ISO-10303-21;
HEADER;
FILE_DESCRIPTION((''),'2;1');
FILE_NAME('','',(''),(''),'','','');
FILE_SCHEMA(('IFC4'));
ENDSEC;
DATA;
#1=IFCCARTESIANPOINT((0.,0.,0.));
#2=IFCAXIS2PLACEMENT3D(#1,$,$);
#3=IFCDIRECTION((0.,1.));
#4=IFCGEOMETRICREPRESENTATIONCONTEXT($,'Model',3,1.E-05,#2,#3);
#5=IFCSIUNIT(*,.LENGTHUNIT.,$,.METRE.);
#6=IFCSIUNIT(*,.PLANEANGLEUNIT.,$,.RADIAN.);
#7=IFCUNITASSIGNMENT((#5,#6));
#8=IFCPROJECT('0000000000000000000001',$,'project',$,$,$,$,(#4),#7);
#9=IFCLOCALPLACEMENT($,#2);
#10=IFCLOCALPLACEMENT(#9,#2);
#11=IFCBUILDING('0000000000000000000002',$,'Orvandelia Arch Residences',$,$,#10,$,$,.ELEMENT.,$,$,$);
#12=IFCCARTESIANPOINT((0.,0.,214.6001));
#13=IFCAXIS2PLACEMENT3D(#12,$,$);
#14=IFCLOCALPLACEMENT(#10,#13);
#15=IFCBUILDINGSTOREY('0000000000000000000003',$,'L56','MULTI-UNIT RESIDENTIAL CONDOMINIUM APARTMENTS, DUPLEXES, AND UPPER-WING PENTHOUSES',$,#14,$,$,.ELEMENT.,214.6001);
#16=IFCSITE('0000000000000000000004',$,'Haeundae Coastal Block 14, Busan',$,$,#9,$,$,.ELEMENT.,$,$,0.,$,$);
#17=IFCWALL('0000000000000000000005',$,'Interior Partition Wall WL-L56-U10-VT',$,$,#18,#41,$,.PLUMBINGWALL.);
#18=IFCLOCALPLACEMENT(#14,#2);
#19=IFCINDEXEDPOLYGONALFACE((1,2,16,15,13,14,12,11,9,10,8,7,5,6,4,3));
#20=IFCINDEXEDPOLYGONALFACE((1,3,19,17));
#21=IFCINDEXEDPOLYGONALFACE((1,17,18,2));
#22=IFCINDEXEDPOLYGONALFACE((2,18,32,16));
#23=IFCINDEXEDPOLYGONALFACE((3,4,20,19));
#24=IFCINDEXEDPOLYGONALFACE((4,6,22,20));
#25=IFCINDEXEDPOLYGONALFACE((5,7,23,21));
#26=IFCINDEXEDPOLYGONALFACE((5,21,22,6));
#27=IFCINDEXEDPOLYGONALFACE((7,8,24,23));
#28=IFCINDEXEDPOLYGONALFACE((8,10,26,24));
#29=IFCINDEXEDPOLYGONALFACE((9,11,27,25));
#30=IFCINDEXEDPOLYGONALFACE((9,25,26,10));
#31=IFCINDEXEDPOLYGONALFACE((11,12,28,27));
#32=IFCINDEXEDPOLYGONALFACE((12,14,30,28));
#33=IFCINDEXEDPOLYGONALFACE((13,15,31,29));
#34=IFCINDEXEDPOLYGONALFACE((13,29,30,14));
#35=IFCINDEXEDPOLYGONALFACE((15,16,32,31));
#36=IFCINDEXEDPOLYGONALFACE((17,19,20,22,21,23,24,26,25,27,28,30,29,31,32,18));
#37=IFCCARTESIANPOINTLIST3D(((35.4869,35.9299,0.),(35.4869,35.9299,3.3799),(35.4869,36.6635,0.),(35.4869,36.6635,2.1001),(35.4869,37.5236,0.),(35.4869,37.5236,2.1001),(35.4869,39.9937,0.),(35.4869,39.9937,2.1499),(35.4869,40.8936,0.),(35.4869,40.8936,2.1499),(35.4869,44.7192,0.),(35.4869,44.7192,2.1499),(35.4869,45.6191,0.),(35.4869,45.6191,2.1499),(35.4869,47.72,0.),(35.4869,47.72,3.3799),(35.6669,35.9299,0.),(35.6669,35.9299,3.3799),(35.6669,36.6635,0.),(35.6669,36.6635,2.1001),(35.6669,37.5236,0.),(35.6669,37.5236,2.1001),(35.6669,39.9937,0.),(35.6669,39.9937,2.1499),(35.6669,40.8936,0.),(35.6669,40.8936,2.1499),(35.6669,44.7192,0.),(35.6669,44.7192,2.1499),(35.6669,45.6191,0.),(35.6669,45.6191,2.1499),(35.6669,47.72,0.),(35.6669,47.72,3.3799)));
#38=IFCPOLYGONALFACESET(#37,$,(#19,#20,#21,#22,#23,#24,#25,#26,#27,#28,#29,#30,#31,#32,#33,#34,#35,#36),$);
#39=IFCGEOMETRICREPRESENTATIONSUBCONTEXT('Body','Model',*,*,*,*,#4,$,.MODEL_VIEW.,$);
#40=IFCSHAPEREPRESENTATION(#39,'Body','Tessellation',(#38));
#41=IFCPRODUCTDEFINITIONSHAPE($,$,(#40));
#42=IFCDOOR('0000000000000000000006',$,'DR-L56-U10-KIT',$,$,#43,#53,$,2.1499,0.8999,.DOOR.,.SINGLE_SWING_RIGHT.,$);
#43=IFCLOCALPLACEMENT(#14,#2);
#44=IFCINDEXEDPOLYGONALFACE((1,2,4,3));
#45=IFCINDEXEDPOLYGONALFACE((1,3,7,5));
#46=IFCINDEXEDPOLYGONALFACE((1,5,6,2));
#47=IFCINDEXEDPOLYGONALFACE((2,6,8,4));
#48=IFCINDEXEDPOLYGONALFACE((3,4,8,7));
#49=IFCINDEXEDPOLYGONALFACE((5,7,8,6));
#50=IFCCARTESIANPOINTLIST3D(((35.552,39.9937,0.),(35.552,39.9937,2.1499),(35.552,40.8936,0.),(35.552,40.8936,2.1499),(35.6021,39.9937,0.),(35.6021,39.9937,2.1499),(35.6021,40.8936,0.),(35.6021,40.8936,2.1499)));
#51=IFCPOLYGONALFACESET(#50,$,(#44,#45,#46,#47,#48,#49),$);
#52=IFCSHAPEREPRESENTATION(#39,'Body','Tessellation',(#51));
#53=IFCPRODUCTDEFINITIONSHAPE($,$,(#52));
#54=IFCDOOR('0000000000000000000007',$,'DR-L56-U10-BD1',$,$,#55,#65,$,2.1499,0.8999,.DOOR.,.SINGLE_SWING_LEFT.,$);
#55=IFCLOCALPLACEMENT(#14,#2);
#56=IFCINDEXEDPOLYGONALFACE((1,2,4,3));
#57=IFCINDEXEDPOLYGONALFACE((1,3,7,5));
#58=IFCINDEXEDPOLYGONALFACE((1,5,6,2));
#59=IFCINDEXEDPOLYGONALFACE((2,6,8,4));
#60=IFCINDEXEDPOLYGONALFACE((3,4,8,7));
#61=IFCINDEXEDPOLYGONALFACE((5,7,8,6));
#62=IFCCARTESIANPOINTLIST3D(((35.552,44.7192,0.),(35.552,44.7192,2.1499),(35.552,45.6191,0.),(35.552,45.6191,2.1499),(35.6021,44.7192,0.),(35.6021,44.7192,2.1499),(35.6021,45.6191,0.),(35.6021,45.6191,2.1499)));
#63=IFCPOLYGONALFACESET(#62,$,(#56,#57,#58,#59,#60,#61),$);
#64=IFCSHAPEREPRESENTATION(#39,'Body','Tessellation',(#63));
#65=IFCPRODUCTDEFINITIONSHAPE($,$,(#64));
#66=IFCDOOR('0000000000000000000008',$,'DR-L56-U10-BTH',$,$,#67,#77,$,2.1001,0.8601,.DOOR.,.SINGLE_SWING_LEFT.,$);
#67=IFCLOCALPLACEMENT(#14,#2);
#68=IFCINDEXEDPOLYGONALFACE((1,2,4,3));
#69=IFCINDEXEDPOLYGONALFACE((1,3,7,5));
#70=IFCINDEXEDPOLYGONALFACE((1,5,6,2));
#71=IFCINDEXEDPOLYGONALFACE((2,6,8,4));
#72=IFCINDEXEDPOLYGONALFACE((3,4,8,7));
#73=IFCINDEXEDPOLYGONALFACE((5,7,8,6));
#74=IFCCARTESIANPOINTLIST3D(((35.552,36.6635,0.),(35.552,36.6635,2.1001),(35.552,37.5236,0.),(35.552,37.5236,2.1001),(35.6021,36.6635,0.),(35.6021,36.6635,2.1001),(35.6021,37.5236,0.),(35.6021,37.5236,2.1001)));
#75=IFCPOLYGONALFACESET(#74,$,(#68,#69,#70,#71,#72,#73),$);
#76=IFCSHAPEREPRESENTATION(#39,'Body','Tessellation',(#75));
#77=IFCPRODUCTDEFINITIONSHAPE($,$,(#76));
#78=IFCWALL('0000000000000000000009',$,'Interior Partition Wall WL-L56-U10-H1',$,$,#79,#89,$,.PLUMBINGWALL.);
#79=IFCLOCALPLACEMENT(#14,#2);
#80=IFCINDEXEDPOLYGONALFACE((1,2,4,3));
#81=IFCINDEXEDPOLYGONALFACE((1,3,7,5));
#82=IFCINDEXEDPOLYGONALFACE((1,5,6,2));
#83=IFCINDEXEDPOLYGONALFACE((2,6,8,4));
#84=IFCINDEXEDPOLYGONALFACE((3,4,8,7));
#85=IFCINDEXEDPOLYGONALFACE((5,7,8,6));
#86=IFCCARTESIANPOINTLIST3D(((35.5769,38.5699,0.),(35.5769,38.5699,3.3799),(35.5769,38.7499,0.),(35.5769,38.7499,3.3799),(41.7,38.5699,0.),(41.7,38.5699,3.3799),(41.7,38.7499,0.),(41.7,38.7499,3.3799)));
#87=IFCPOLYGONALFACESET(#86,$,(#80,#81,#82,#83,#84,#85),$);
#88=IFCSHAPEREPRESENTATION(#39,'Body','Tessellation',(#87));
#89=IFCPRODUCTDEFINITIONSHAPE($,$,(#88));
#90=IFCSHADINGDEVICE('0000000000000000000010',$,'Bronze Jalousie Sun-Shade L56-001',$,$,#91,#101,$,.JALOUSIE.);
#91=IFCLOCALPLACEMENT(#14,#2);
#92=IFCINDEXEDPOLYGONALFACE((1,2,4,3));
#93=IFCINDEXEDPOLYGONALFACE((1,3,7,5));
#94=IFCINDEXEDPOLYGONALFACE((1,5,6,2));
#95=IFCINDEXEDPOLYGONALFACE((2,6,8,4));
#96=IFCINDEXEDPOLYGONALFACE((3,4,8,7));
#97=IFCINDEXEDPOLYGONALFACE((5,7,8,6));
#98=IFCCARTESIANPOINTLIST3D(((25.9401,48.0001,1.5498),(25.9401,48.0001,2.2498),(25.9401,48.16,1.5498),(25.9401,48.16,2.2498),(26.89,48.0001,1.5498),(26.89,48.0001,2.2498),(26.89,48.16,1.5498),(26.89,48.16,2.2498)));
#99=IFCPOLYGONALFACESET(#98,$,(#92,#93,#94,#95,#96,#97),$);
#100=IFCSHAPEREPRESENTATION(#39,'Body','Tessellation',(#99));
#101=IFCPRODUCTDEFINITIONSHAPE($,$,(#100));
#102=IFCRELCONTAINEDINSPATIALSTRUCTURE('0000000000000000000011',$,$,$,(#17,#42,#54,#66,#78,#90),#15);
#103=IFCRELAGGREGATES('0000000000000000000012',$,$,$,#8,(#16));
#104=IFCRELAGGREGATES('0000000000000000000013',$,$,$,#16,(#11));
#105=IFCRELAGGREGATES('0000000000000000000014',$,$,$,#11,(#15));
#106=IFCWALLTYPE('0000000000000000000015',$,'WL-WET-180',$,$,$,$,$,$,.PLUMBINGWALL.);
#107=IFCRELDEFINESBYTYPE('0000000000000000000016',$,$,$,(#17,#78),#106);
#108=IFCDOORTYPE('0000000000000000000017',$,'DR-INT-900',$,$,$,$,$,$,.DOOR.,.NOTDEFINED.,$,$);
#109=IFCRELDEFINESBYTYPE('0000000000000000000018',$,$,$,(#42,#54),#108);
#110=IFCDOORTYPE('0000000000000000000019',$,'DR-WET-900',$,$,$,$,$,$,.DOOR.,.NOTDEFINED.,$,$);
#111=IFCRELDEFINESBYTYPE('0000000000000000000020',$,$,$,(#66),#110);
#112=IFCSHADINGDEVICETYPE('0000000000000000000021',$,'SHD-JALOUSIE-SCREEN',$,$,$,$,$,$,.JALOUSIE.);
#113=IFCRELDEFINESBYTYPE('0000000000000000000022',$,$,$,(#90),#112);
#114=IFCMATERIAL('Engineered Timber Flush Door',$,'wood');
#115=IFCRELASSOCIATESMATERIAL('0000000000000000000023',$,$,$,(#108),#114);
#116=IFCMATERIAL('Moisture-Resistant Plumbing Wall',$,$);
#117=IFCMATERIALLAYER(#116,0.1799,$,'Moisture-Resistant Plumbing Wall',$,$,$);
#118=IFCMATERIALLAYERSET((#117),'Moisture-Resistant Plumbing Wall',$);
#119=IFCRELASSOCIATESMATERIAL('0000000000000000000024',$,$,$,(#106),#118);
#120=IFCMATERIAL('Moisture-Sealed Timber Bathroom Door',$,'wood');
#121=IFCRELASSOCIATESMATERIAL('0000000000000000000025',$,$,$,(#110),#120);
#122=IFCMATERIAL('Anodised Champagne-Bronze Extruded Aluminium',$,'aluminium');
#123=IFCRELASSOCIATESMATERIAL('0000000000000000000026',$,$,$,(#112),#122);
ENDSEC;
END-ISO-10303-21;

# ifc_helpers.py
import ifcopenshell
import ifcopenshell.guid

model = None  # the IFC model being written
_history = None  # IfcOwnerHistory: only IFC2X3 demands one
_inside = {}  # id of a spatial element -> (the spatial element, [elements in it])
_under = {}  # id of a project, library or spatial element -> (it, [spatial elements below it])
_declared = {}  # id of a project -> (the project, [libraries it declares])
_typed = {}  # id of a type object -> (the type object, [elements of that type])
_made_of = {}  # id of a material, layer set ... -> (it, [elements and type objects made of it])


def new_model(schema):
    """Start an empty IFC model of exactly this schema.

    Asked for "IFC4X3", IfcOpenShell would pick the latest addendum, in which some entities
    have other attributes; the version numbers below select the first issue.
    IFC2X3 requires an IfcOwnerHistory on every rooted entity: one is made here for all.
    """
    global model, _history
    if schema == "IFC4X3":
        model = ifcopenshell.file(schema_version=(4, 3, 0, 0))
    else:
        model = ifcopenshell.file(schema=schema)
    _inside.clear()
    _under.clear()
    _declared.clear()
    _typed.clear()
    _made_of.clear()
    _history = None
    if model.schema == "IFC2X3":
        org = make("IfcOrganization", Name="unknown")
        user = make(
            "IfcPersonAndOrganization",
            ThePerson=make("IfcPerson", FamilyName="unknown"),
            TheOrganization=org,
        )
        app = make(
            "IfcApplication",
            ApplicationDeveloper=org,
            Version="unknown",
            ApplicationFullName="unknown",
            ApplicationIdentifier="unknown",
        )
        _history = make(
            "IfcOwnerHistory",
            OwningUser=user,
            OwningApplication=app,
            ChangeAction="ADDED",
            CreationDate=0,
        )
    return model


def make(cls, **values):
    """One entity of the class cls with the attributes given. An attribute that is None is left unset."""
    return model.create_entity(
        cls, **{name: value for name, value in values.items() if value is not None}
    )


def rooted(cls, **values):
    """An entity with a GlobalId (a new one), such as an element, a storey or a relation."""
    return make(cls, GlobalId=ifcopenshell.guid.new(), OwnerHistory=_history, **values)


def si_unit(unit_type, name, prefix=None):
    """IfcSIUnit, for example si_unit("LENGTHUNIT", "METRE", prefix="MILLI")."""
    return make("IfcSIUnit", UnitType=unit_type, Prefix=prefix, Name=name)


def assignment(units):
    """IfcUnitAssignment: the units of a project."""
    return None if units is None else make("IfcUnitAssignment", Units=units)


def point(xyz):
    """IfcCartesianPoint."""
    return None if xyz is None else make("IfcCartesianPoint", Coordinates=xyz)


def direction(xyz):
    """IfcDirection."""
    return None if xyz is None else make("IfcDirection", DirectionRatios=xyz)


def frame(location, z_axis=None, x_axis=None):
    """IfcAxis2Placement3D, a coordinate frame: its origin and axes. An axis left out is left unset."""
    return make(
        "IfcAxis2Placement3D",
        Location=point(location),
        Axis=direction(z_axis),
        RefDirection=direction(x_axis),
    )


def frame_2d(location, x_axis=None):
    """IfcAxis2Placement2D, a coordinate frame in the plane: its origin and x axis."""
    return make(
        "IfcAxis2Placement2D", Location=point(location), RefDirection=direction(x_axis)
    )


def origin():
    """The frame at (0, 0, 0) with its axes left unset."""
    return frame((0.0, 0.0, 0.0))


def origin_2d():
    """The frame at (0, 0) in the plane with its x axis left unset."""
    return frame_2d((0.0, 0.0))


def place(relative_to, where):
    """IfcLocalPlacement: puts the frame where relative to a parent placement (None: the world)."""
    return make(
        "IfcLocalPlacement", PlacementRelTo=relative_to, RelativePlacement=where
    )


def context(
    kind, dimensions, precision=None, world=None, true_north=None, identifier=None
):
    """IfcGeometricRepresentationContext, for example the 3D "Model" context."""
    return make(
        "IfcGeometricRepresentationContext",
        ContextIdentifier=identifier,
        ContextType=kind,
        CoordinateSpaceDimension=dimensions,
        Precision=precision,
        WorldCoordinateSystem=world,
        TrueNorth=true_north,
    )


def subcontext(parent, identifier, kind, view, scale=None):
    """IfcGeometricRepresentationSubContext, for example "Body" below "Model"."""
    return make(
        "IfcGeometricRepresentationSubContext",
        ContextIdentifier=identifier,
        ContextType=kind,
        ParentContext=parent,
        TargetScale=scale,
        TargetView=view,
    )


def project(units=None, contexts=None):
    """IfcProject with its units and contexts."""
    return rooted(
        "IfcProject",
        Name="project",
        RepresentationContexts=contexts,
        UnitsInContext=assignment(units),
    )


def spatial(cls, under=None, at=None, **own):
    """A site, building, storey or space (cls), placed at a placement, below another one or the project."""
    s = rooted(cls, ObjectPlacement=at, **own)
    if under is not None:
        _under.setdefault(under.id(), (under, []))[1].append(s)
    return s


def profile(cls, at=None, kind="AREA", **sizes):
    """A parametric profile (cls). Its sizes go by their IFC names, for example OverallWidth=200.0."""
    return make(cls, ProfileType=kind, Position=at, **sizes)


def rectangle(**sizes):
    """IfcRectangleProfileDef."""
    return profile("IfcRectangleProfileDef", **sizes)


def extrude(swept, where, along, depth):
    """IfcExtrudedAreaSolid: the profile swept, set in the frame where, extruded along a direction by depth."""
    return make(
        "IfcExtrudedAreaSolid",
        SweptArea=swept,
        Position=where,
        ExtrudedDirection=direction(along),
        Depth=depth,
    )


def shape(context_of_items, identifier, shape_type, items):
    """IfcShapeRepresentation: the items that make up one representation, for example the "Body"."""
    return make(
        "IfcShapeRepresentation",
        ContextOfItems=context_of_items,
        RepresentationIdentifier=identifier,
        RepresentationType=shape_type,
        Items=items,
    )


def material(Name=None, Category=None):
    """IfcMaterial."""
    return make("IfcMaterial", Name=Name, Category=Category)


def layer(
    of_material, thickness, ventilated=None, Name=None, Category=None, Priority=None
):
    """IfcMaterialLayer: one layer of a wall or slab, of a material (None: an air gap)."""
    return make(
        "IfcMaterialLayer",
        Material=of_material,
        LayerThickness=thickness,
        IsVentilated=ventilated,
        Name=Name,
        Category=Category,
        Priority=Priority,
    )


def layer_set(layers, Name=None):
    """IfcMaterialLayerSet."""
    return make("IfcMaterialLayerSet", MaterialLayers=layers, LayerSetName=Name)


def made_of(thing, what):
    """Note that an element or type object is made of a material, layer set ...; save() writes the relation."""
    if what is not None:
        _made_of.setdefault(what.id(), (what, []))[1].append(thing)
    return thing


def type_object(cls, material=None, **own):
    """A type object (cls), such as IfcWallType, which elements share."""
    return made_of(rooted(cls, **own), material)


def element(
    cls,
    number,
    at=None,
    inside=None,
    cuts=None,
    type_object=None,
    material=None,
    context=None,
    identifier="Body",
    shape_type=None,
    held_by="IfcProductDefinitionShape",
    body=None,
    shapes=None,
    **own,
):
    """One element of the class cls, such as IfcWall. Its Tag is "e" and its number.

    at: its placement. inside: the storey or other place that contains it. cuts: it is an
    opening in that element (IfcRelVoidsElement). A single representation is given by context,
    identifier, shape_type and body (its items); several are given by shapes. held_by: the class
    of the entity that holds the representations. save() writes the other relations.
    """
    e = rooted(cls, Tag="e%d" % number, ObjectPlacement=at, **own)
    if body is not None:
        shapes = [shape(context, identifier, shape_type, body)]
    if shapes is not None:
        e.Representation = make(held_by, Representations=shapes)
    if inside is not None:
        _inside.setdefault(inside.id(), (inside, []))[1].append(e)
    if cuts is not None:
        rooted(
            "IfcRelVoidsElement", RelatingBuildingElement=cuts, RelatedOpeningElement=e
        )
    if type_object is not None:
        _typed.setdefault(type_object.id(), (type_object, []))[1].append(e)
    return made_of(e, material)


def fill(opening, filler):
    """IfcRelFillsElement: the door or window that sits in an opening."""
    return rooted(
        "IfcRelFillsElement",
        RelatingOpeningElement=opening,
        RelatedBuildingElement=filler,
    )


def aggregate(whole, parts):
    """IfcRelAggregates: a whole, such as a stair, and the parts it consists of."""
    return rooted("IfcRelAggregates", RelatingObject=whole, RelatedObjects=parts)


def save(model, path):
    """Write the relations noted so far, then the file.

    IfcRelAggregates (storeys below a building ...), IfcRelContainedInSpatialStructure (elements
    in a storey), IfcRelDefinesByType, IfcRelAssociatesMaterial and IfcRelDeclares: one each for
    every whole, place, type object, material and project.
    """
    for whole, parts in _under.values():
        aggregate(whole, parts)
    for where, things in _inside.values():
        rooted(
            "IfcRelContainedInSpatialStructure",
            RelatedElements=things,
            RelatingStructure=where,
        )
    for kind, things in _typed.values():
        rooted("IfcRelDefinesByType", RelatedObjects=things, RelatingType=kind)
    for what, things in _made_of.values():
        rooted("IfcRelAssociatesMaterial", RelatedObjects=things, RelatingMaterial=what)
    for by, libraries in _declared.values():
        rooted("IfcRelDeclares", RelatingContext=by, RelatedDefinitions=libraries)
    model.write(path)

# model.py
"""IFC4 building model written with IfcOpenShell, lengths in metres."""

from ifc_helpers import new_model, si_unit, direction, frame, frame_2d, origin, origin_2d, place, context, subcontext, project, spatial, rectangle, extrude, material, layer, layer_set, type_object, element, fill, save


model = new_model("IFC4")

# Units and contexts
model_context = context("Model", 3, precision=1e-05, world=origin(), true_north=direction((0.0, 1.0)))
body_context = subcontext(model_context, "Body", "Model", "MODEL_VIEW")
ifc_project = project(units=[si_unit("LENGTHUNIT", "METRE"), si_unit("PLANEANGLEUNIT", "RADIAN")], contexts=[model_context])

# Site, building, storey
site_placement = place(None, origin())
site = spatial("IfcSite", under=ifc_project, at=site_placement, Name="Haeundae Coastal Block 14, Busan", CompositionType="ELEMENT", RefElevation=0.0)
building_placement = place(site_placement, origin())
building = spatial("IfcBuilding", under=site, at=building_placement, Name="Orvandelia Arch Residences", CompositionType="ELEMENT")
storey_placement = place(building_placement, frame((0.0, 0.0, 214.6001)))
storey = spatial("IfcBuildingStorey", under=building, at=storey_placement, Name="L56", Description="MULTI-UNIT RESIDENTIAL CONDOMINIUM APARTMENTS, DUPLEXES, AND UPPER-WING PENTHOUSES", CompositionType="ELEMENT", Elevation=214.6001)

# Shared definitions
ifc_material_1 = material(Name="Engineered Timber Flush Door", Category="wood")
door_type_1 = type_object("IfcDoorType", Name="DR-INT-900", OperationType="NOTDEFINED", PredefinedType="DOOR", material=ifc_material_1)

# Wall, openings, doors
ifc_material_2 = material(Name="Moisture-Resistant Plumbing Wall")
ifc_layer_1 = layer(ifc_material_2, 0.1799, Name="Moisture-Resistant Plumbing Wall")
ifc_layer_set_1 = layer_set([ifc_layer_1], Name="Moisture-Resistant Plumbing Wall")
wall_type_1 = type_object("IfcWallType", Name="WL-WET-180", PredefinedType="PLUMBINGWALL", material=ifc_layer_set_1)
wall_1_placement = place(storey_placement, frame((35.5769, 35.9299, 0.0), z_axis=(0.0, 0.0, 1.0), x_axis=(0.0, 1.0, 0.0)))
wall_1 = element("IfcWall", 1, at=wall_1_placement, inside=storey, type_object=wall_type_1, Name="Interior Partition Wall WL-L56-U10-VT", PredefinedType="PLUMBINGWALL", context=body_context, shape_type="SweptSolid", body=[
    extrude(rectangle(XDim=11.79, YDim=0.1799, at=frame_2d((5.895, 0.0))), origin(), (0.0, 0.0, 1.0), 3.3799),
])
opening_1_placement = place(wall_1_placement, frame((0.7334, 0.0, 0.0)))
opening_1 = element("IfcOpeningElement", 2, at=opening_1_placement, cuts=wall_1, PredefinedType="OPENING", context=body_context, shape_type="SweptSolid", body=[
    extrude(rectangle(XDim=0.8601, YDim=2.1001, at=frame_2d((0.4302, 1.05))), frame((0.0, 0.1001, 0.0), z_axis=(0.0, -1.0, 0.0), x_axis=(1.0, 0.0, 0.0)), (0.0, 0.0, 1.0), 0.2),
])
opening_2_placement = place(wall_1_placement, frame((4.0637, 0.0, 0.0)))
opening_2 = element("IfcOpeningElement", 3, at=opening_2_placement, cuts=wall_1, PredefinedType="OPENING", context=body_context, shape_type="SweptSolid", body=[
    extrude(rectangle(XDim=0.8999, YDim=2.1499, at=frame_2d((0.45, 1.075))), frame((0.0, 0.1001, 0.0), z_axis=(0.0, -1.0, 0.0), x_axis=(1.0, 0.0, 0.0)), (0.0, 0.0, 1.0), 0.2),
])
opening_3_placement = place(wall_1_placement, frame((8.7893, 0.0, 0.0)))
opening_3 = element("IfcOpeningElement", 4, at=opening_3_placement, cuts=wall_1, PredefinedType="OPENING", context=body_context, shape_type="SweptSolid", body=[
    extrude(rectangle(XDim=0.8999, YDim=2.1499, at=frame_2d((0.45, 1.075))), frame((0.0, 0.1001, 0.0), z_axis=(0.0, -1.0, 0.0), x_axis=(1.0, 0.0, 0.0)), (0.0, 0.0, 1.0), 0.2),
])
door_1_placement = place(opening_2_placement, origin())
door_1 = element("IfcDoor", 5, at=door_1_placement, inside=storey, type_object=door_type_1, Name="DR-L56-U10-KIT", OperationType="SINGLE_SWING_RIGHT", OverallHeight=2.1499, OverallWidth=0.8999, PredefinedType="DOOR", context=body_context, shape_type="SweptSolid", body=[
    extrude(rectangle(XDim=0.8999, YDim=2.1499, at=frame_2d((0.45, 1.075))), frame((0.0, 0.0249, 0.0), z_axis=(0.0, -1.0, 0.0), x_axis=(1.0, 0.0, 0.0)), (0.0, 0.0, 1.0), 0.05),
])
fill(opening_2, door_1)
door_2_placement = place(opening_3_placement, origin())
door_2 = element("IfcDoor", 6, at=door_2_placement, inside=storey, type_object=door_type_1, Name="DR-L56-U10-BD1", OperationType="SINGLE_SWING_LEFT", OverallHeight=2.1499, OverallWidth=0.8999, PredefinedType="DOOR", context=body_context, shape_type="SweptSolid", body=[
    extrude(rectangle(XDim=0.8999, YDim=2.1499, at=frame_2d((0.45, 1.075))), frame((0.0, 0.0249, 0.0), z_axis=(0.0, -1.0, 0.0), x_axis=(1.0, 0.0, 0.0)), (0.0, 0.0, 1.0), 0.05),
])
fill(opening_3, door_2)
ifc_material_3 = material(Name="Moisture-Sealed Timber Bathroom Door", Category="wood")
door_type_2 = type_object("IfcDoorType", Name="DR-WET-900", OperationType="NOTDEFINED", PredefinedType="DOOR", material=ifc_material_3)
door_3_placement = place(opening_1_placement, origin())
door_3 = element("IfcDoor", 7, at=door_3_placement, inside=storey, type_object=door_type_2, Name="DR-L56-U10-BTH", OperationType="SINGLE_SWING_LEFT", OverallHeight=2.1001, OverallWidth=0.8601, PredefinedType="DOOR", context=body_context, shape_type="SweptSolid", body=[
    extrude(rectangle(XDim=0.8601, YDim=2.1001, at=frame_2d((0.4302, 1.05))), frame((0.0, 0.0249, 0.0), z_axis=(0.0, -1.0, 0.0), x_axis=(1.0, 0.0, 0.0)), (0.0, 0.0, 1.0), 0.05),
])
fill(opening_1, door_3)

# Wall
wall_2_placement = place(storey_placement, frame((35.5769, 38.6599, 0.0), z_axis=(0.0, 0.0, 1.0), x_axis=(1.0, 0.0, 0.0)))
element("IfcWall", 8, at=wall_2_placement, inside=storey, type_object=wall_type_1, Name="Interior Partition Wall WL-L56-U10-H1", PredefinedType="PLUMBINGWALL", context=body_context, shape_type="SweptSolid", body=[
    extrude(rectangle(XDim=6.123, YDim=0.1799, at=frame_2d((3.0615, 0.0))), origin(), (0.0, 0.0, 1.0), 3.3799),
])

# Shading device
ifc_material_4 = material(Name="Anodised Champagne-Bronze Extruded Aluminium", Category="aluminium")
shading_device_type = type_object("IfcShadingDeviceType", Name="SHD-JALOUSIE-SCREEN", PredefinedType="JALOUSIE", material=ifc_material_4)
shading_device_placement = place(storey_placement, frame((26.415, 48.0801, 1.5498), z_axis=(0.0, 0.0, 1.0), x_axis=(1.0, 0.0, 0.0)))
element("IfcShadingDevice", 9, at=shading_device_placement, inside=storey, type_object=shading_device_type, Name="Bronze Jalousie Sun-Shade L56-001", PredefinedType="JALOUSIE", context=body_context, shape_type="SweptSolid", body=[
    extrude(rectangle(XDim=0.95, YDim=0.1599, at=origin_2d()), origin(), (0.0, 0.0, 1.0), 0.7),
])

save(model, "model.ifc")
